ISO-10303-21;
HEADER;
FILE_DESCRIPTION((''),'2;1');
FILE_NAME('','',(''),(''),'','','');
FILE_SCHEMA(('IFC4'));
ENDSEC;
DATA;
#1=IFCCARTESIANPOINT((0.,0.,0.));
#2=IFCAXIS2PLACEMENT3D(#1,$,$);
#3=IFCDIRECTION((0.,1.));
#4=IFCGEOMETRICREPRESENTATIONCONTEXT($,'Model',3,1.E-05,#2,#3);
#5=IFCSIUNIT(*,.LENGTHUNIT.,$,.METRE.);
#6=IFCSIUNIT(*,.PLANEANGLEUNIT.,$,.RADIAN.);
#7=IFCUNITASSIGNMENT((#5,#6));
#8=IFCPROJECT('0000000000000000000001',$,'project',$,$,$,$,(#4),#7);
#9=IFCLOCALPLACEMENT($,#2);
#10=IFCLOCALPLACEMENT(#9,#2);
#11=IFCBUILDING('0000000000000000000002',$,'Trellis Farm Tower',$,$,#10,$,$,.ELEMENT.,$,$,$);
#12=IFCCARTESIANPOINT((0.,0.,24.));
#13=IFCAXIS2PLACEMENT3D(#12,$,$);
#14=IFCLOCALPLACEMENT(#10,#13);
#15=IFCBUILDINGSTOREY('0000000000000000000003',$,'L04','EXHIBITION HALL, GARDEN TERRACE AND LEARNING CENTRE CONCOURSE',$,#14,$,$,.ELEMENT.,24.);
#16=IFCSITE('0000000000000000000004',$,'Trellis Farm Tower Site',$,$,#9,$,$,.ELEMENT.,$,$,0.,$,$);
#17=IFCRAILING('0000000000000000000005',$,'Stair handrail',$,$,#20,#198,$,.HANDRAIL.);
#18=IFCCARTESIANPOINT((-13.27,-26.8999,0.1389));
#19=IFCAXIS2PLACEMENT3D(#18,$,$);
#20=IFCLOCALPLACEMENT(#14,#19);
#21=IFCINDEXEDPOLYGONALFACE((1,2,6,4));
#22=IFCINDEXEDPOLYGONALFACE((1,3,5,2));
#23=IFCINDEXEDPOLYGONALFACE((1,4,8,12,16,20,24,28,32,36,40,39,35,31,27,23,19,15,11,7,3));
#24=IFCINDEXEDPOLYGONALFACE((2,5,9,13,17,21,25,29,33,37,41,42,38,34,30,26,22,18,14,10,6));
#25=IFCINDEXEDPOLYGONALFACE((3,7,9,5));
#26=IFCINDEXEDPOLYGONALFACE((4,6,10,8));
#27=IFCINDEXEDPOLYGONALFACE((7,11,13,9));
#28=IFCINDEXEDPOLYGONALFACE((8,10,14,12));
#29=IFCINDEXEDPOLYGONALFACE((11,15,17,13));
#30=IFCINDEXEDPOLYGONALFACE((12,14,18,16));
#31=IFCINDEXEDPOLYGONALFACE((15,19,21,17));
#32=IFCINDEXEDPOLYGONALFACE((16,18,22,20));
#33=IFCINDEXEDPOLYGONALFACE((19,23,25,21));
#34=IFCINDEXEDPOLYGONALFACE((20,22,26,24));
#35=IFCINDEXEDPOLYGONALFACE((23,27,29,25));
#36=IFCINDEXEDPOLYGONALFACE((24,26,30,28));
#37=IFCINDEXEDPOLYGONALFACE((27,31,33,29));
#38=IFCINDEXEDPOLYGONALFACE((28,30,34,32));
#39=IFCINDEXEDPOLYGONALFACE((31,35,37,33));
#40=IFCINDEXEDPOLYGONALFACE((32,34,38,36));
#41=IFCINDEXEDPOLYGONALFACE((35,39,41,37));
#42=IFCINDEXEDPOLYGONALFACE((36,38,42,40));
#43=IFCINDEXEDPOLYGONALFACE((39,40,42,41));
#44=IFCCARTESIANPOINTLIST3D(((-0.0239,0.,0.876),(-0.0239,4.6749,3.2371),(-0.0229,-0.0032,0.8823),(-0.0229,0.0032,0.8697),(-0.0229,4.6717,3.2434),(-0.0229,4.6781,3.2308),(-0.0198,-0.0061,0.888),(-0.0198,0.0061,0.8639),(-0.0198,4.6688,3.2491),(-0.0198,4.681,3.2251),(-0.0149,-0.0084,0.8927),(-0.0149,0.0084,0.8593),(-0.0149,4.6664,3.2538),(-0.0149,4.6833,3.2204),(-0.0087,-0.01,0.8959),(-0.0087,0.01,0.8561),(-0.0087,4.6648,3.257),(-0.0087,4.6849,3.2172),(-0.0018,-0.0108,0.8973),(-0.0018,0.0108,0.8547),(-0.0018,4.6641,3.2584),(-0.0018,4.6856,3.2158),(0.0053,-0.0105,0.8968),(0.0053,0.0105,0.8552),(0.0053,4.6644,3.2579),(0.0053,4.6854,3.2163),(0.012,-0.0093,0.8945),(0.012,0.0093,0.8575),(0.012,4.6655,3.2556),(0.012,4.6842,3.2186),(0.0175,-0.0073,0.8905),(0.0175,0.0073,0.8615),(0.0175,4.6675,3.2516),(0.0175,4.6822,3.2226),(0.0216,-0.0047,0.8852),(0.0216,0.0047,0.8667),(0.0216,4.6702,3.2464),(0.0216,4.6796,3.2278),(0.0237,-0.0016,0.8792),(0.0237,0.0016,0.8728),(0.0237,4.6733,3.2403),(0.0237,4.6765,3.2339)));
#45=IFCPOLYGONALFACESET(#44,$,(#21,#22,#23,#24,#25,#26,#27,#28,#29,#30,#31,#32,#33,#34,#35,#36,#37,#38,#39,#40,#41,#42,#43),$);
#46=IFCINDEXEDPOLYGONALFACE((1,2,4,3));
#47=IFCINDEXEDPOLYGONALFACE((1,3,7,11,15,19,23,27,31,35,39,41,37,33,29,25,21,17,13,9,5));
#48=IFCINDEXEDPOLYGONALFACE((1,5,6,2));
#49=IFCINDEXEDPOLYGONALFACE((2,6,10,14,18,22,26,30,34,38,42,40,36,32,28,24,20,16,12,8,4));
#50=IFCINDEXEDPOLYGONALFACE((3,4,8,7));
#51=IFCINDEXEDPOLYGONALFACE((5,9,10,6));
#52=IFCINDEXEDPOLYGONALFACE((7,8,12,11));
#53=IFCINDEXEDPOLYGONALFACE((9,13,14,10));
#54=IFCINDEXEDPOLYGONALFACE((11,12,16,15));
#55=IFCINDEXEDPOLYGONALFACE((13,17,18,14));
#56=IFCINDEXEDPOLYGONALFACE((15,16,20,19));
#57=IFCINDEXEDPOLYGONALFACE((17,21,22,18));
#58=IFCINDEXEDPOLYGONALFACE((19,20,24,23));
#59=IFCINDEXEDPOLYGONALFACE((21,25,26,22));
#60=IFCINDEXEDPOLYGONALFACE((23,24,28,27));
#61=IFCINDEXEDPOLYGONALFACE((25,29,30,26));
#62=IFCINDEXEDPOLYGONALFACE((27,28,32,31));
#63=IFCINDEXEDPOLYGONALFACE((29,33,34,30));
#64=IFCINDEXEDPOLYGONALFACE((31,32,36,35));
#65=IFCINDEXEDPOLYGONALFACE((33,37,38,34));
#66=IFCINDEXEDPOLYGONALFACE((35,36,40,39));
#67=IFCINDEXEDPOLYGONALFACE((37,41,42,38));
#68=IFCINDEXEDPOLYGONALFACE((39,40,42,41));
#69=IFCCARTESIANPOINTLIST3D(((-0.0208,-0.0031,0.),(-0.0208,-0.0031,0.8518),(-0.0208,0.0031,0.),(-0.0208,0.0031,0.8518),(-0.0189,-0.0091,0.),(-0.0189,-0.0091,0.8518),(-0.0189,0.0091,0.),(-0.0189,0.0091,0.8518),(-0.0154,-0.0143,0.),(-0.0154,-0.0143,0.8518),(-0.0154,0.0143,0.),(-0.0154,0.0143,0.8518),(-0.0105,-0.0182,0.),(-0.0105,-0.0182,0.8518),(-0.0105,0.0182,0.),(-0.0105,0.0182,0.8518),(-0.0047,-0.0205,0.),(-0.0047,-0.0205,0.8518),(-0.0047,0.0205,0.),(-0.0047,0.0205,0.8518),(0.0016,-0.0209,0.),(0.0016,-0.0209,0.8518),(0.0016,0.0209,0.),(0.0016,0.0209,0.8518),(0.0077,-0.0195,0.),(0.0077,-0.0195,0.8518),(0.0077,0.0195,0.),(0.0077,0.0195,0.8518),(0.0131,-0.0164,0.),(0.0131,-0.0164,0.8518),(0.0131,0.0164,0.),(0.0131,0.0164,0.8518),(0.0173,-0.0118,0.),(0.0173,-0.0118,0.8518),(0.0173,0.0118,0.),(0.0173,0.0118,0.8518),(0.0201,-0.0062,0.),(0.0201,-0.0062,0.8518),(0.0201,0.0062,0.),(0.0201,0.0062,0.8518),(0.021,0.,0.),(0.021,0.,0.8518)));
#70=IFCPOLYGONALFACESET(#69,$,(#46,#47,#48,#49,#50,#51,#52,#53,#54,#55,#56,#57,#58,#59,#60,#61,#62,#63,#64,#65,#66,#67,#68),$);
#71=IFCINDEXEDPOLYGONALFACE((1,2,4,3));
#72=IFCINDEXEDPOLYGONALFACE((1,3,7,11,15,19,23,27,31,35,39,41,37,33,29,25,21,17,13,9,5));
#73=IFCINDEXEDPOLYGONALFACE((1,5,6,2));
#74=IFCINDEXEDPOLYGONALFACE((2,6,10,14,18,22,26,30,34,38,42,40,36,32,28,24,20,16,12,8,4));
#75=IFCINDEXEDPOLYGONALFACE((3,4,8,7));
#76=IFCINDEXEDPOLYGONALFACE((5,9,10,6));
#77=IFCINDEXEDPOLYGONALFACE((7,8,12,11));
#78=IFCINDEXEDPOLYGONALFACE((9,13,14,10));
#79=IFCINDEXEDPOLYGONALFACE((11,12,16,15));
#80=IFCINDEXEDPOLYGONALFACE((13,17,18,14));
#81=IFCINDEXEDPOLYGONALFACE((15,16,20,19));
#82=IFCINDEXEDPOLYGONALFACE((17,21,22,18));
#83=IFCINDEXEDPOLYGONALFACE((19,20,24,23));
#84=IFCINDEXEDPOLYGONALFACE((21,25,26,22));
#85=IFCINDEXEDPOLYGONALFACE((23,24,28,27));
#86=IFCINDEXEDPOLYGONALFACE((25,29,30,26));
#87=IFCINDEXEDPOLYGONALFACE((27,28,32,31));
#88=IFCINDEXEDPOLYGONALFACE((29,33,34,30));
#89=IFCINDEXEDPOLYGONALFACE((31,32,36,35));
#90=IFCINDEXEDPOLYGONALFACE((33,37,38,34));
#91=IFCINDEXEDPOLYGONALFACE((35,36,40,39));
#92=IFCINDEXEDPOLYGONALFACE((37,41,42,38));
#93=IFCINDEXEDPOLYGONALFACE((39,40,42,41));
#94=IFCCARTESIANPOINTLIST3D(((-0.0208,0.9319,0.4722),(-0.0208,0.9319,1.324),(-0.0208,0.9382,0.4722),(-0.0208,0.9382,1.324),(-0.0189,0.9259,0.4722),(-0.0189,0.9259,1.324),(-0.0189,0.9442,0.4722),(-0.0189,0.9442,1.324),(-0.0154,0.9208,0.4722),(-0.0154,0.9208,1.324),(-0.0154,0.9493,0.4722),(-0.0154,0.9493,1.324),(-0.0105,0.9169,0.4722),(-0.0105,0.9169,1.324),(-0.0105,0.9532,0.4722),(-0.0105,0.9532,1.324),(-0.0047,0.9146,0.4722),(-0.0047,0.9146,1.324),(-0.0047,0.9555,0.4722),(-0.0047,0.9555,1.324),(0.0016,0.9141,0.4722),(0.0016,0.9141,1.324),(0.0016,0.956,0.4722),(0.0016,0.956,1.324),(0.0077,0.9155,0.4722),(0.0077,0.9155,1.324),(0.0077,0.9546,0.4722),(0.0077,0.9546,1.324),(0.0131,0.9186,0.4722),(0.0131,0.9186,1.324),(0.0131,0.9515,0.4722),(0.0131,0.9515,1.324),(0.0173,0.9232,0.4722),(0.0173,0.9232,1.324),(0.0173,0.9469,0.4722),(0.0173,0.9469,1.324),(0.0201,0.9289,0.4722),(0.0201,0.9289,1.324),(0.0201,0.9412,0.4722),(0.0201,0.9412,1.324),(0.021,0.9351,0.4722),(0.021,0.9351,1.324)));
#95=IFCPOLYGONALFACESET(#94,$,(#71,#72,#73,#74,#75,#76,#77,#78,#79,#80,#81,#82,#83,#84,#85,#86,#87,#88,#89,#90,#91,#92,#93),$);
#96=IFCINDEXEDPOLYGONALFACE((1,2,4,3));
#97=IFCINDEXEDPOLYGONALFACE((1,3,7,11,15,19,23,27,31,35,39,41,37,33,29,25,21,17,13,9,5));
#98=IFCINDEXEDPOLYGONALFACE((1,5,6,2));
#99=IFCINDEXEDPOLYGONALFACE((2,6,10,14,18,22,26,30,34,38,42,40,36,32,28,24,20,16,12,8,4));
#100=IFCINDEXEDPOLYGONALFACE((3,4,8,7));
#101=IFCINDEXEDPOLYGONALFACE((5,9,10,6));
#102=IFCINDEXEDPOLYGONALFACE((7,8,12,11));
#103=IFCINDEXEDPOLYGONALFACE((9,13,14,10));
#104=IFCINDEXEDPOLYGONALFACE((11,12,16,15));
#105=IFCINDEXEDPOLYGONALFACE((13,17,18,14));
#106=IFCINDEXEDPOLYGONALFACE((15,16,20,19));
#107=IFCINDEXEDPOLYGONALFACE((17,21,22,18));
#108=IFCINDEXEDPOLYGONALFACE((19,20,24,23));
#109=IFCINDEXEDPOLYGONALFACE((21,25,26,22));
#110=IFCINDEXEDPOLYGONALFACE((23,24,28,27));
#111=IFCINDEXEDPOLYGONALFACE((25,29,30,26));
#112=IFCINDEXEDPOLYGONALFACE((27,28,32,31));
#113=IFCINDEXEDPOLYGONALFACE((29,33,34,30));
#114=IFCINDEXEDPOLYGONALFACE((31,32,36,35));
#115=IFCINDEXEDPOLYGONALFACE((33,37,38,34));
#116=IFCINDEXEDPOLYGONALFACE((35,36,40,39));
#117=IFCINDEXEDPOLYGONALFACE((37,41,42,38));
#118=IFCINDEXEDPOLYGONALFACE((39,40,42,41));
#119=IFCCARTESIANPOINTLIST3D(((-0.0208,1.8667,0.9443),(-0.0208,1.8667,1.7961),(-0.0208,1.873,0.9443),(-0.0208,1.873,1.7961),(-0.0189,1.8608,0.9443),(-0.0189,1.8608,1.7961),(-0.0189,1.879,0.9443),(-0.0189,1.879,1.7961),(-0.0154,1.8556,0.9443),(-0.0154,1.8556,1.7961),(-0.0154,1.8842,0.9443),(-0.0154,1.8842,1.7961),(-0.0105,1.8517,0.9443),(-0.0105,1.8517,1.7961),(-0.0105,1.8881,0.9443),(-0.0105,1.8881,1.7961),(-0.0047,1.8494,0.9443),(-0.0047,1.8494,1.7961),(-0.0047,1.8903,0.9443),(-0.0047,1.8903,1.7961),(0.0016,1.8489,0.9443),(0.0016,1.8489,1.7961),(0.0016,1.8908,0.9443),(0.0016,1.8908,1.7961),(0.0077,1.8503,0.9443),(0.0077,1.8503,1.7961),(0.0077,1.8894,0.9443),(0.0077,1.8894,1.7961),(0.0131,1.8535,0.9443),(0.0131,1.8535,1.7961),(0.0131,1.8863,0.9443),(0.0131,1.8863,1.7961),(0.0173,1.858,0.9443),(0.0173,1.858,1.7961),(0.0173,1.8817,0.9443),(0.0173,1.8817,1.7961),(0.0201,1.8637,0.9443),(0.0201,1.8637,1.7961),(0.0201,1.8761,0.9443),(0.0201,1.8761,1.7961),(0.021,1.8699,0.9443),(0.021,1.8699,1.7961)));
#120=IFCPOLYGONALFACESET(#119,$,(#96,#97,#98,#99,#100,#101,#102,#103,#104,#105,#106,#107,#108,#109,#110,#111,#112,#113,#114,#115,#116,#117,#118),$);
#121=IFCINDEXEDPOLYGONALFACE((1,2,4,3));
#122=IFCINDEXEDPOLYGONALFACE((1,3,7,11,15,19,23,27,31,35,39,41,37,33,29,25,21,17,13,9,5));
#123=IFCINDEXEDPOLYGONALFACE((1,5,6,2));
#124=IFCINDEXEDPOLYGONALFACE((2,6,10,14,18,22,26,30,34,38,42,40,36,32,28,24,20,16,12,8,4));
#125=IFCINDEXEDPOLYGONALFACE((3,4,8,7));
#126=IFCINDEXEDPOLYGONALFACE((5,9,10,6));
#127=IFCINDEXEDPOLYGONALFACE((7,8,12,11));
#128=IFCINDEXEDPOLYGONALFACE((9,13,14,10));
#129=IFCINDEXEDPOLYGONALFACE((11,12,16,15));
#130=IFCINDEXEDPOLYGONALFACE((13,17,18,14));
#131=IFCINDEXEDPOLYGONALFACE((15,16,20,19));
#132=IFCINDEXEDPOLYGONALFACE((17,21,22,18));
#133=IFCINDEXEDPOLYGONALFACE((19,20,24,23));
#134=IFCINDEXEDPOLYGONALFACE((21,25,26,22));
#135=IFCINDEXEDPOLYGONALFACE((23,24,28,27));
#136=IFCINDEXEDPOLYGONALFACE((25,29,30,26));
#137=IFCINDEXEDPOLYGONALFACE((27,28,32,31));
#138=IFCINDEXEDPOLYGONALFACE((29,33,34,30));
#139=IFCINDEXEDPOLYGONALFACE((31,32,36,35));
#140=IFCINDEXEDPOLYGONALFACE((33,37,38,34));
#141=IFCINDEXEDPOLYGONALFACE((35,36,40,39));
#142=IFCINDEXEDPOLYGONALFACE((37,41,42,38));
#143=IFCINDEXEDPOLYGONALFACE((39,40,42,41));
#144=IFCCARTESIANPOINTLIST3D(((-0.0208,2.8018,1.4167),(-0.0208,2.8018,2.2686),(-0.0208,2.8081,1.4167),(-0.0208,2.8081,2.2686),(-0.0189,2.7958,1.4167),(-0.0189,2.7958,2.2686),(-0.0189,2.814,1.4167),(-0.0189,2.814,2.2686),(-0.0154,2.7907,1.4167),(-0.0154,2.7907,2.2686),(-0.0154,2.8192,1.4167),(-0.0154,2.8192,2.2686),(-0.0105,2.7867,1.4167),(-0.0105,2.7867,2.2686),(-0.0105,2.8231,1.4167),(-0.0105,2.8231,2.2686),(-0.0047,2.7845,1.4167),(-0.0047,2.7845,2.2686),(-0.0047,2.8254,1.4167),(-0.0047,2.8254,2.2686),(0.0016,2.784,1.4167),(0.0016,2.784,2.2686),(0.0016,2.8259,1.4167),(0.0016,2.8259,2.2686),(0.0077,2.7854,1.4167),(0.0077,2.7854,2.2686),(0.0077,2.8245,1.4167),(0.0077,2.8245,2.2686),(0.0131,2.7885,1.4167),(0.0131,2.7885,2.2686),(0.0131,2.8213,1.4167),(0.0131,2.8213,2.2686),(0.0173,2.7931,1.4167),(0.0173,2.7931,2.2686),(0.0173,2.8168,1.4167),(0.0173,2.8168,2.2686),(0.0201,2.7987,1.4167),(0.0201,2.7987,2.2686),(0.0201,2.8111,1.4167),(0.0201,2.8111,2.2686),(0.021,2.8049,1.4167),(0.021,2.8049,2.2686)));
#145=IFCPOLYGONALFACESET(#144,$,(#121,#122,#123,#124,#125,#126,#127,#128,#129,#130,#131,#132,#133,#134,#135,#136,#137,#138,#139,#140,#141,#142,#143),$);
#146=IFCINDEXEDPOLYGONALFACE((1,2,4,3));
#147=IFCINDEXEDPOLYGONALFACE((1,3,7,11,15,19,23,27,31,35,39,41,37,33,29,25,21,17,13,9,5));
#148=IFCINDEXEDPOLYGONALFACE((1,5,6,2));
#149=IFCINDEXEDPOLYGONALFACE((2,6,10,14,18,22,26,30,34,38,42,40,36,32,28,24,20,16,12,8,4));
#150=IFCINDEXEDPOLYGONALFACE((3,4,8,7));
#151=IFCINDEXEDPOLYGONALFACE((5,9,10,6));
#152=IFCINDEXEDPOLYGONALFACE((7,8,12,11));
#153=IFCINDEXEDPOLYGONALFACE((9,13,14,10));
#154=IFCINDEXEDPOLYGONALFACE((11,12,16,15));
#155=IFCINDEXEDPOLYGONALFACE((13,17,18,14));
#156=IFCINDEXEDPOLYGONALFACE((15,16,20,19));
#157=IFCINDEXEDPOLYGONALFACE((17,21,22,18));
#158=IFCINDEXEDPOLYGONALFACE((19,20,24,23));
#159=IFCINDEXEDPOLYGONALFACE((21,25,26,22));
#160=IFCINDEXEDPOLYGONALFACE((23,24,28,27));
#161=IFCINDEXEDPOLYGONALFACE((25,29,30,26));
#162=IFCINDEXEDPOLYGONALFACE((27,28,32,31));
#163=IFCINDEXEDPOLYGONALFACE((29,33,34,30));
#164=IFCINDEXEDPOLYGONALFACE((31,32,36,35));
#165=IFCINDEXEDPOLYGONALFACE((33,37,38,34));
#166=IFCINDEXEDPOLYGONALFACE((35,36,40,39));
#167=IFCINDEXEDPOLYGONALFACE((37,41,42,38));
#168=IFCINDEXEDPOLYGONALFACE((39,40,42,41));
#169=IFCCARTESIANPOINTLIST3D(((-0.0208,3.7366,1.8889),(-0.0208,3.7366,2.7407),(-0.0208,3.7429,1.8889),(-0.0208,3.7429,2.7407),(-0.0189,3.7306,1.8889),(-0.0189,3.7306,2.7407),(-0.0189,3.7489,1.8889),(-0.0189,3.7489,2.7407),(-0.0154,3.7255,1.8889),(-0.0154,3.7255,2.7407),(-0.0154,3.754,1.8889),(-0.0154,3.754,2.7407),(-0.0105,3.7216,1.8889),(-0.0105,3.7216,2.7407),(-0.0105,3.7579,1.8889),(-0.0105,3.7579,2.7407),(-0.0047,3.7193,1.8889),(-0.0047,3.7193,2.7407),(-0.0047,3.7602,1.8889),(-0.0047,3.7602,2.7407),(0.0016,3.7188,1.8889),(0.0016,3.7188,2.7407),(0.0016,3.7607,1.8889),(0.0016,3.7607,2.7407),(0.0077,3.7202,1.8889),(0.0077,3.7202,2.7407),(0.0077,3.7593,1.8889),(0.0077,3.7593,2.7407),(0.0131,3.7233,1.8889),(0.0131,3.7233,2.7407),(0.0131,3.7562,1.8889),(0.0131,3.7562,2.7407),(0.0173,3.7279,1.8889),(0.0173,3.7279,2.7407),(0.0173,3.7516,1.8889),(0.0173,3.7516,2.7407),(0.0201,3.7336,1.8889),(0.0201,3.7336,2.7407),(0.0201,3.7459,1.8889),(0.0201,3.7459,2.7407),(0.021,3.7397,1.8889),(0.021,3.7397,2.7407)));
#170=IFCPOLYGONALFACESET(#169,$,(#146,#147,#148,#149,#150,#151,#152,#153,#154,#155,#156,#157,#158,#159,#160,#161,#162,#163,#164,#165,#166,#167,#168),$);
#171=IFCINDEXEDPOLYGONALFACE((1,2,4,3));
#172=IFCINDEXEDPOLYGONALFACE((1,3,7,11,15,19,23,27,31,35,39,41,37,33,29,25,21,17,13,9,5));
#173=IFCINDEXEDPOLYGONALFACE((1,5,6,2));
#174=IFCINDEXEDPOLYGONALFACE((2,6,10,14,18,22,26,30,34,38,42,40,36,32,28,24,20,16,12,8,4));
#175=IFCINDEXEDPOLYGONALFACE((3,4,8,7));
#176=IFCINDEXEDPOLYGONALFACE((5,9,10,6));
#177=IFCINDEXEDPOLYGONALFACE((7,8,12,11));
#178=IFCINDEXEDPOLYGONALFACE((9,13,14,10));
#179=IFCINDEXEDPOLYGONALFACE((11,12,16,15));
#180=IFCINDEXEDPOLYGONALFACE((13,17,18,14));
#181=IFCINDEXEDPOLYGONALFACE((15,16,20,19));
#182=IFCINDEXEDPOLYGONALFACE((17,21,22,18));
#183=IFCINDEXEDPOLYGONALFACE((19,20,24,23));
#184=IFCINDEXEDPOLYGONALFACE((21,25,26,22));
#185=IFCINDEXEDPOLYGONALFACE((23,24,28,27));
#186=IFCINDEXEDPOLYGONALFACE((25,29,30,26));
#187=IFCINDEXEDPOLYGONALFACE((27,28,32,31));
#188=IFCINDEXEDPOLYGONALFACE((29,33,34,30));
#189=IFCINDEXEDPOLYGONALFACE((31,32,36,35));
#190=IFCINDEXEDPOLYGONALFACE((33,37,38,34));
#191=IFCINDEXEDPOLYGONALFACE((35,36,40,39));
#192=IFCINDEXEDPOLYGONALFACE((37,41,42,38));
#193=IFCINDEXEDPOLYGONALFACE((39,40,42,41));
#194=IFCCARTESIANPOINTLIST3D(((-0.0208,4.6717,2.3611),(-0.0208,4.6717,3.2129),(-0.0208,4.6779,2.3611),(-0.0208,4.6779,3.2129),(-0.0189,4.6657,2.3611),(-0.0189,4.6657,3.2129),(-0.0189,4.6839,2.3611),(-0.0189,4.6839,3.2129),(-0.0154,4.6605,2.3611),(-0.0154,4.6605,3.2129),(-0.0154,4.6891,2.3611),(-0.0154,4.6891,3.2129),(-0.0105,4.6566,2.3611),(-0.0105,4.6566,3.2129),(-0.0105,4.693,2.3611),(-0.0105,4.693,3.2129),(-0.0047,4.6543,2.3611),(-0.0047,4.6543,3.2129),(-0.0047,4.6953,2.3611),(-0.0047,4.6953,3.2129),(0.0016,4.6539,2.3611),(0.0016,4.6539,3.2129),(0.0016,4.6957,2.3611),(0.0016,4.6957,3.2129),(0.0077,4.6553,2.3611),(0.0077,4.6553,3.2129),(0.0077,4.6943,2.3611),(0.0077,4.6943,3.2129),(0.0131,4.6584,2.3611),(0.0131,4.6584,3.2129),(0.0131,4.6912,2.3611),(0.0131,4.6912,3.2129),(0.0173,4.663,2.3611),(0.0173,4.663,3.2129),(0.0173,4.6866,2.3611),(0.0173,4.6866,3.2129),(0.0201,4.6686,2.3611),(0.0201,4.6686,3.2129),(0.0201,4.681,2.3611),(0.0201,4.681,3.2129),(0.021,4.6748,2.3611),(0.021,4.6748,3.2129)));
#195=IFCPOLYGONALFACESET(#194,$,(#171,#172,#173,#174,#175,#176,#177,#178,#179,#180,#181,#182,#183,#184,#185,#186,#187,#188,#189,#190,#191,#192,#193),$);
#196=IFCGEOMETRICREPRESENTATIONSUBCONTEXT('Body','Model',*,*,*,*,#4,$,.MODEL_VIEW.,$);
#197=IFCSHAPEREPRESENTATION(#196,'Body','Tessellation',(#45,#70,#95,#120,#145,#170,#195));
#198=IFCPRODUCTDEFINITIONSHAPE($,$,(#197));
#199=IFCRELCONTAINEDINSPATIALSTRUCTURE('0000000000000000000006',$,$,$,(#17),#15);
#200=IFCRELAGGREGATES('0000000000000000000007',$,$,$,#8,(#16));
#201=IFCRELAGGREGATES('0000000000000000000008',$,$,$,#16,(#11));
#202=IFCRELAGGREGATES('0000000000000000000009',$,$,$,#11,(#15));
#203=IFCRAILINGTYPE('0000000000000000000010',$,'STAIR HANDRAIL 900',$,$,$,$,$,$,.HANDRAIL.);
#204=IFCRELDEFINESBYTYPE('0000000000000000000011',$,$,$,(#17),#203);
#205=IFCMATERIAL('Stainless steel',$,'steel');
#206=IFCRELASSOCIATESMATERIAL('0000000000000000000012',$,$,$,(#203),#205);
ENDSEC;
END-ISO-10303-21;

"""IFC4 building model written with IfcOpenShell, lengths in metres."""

from ifc_helpers import new_model, si_unit, direction, frame, origin, origin_2d, place, context, subcontext, project, spatial, circle, extrude, source, transform, mapped, material, type_object, element, save


model = new_model("IFC4")

# Units and contexts
model_context = context("Model", 3, precision=1e-05, world=origin(), true_north=direction((0.0, 1.0)))
body_context = subcontext(model_context, "Body", "Model", "MODEL_VIEW")
ifc_project = project(units=[si_unit("LENGTHUNIT", "METRE"), si_unit("PLANEANGLEUNIT", "RADIAN")], contexts=[model_context])

# Site, building, storey
site_placement = place(None, origin())
site = spatial("IfcSite", under=ifc_project, at=site_placement, Name="Trellis Farm Tower Site", CompositionType="ELEMENT", RefElevation=0.0)
building_placement = place(site_placement, origin())
building = spatial("IfcBuilding", under=site, at=building_placement, Name="Trellis Farm Tower", CompositionType="ELEMENT")
storey_placement = place(building_placement, frame((0.0, 0.0, 24.0)))
storey = spatial("IfcBuildingStorey", under=building, at=storey_placement, Name="L04", Description="EXHIBITION HALL, GARDEN TERRACE AND LEARNING CENTRE CONCOURSE", CompositionType="ELEMENT", Elevation=24.0)

# Railing
ifc_material_1 = material(Name="Stainless steel", Category="steel")
railing_type = type_object("IfcRailingType", Name="STAIR HANDRAIL 900", PredefinedType="HANDRAIL", material=ifc_material_1)
shared_shape_1 = source(origin(), body_context, "Body", "SweptSolid", [
    extrude(circle(Radius=0.0239, at=origin_2d()), frame((0.0, 0.0, 0.876), z_axis=(0.0, 0.892611, 0.450827), x_axis=(-1.0, 0.0, 0.0)), (0.0, 0.0, 1.0), 5.2373),
    extrude(circle(Radius=0.021, at=origin_2d()), origin(), (0.0, 0.0, 1.0), 0.8518),
    extrude(circle(Radius=0.021, at=origin_2d()), frame((0.0, 0.9351, 0.4722)), (0.0, 0.0, 1.0), 0.8518),
    extrude(circle(Radius=0.021, at=origin_2d()), frame((0.0, 1.8699, 0.9443)), (0.0, 0.0, 1.0), 0.8518),
    extrude(circle(Radius=0.021, at=origin_2d()), frame((0.0, 2.8049, 1.4167)), (0.0, 0.0, 1.0), 0.8518),
    extrude(circle(Radius=0.021, at=origin_2d()), frame((0.0, 3.7397, 1.8889)), (0.0, 0.0, 1.0), 0.8518),
    extrude(circle(Radius=0.021, at=origin_2d()), frame((0.0, 4.6748, 2.3611)), (0.0, 0.0, 1.0), 0.8518),
])
for number, where, name in (
    (1, (-13.27, -26.8999, 0.1389), "Stair handrail"),
):
    element("IfcRailing", number, at=place(storey_placement, frame(where)), inside=storey, type_object=railing_type, Name=name, PredefinedType="HANDRAIL", context=body_context, shape_type="MappedRepresentation", body=[
        mapped(shared_shape_1, transform((0.0, 0.0, 0.0))),
    ])

save(model, "model.ifc")
